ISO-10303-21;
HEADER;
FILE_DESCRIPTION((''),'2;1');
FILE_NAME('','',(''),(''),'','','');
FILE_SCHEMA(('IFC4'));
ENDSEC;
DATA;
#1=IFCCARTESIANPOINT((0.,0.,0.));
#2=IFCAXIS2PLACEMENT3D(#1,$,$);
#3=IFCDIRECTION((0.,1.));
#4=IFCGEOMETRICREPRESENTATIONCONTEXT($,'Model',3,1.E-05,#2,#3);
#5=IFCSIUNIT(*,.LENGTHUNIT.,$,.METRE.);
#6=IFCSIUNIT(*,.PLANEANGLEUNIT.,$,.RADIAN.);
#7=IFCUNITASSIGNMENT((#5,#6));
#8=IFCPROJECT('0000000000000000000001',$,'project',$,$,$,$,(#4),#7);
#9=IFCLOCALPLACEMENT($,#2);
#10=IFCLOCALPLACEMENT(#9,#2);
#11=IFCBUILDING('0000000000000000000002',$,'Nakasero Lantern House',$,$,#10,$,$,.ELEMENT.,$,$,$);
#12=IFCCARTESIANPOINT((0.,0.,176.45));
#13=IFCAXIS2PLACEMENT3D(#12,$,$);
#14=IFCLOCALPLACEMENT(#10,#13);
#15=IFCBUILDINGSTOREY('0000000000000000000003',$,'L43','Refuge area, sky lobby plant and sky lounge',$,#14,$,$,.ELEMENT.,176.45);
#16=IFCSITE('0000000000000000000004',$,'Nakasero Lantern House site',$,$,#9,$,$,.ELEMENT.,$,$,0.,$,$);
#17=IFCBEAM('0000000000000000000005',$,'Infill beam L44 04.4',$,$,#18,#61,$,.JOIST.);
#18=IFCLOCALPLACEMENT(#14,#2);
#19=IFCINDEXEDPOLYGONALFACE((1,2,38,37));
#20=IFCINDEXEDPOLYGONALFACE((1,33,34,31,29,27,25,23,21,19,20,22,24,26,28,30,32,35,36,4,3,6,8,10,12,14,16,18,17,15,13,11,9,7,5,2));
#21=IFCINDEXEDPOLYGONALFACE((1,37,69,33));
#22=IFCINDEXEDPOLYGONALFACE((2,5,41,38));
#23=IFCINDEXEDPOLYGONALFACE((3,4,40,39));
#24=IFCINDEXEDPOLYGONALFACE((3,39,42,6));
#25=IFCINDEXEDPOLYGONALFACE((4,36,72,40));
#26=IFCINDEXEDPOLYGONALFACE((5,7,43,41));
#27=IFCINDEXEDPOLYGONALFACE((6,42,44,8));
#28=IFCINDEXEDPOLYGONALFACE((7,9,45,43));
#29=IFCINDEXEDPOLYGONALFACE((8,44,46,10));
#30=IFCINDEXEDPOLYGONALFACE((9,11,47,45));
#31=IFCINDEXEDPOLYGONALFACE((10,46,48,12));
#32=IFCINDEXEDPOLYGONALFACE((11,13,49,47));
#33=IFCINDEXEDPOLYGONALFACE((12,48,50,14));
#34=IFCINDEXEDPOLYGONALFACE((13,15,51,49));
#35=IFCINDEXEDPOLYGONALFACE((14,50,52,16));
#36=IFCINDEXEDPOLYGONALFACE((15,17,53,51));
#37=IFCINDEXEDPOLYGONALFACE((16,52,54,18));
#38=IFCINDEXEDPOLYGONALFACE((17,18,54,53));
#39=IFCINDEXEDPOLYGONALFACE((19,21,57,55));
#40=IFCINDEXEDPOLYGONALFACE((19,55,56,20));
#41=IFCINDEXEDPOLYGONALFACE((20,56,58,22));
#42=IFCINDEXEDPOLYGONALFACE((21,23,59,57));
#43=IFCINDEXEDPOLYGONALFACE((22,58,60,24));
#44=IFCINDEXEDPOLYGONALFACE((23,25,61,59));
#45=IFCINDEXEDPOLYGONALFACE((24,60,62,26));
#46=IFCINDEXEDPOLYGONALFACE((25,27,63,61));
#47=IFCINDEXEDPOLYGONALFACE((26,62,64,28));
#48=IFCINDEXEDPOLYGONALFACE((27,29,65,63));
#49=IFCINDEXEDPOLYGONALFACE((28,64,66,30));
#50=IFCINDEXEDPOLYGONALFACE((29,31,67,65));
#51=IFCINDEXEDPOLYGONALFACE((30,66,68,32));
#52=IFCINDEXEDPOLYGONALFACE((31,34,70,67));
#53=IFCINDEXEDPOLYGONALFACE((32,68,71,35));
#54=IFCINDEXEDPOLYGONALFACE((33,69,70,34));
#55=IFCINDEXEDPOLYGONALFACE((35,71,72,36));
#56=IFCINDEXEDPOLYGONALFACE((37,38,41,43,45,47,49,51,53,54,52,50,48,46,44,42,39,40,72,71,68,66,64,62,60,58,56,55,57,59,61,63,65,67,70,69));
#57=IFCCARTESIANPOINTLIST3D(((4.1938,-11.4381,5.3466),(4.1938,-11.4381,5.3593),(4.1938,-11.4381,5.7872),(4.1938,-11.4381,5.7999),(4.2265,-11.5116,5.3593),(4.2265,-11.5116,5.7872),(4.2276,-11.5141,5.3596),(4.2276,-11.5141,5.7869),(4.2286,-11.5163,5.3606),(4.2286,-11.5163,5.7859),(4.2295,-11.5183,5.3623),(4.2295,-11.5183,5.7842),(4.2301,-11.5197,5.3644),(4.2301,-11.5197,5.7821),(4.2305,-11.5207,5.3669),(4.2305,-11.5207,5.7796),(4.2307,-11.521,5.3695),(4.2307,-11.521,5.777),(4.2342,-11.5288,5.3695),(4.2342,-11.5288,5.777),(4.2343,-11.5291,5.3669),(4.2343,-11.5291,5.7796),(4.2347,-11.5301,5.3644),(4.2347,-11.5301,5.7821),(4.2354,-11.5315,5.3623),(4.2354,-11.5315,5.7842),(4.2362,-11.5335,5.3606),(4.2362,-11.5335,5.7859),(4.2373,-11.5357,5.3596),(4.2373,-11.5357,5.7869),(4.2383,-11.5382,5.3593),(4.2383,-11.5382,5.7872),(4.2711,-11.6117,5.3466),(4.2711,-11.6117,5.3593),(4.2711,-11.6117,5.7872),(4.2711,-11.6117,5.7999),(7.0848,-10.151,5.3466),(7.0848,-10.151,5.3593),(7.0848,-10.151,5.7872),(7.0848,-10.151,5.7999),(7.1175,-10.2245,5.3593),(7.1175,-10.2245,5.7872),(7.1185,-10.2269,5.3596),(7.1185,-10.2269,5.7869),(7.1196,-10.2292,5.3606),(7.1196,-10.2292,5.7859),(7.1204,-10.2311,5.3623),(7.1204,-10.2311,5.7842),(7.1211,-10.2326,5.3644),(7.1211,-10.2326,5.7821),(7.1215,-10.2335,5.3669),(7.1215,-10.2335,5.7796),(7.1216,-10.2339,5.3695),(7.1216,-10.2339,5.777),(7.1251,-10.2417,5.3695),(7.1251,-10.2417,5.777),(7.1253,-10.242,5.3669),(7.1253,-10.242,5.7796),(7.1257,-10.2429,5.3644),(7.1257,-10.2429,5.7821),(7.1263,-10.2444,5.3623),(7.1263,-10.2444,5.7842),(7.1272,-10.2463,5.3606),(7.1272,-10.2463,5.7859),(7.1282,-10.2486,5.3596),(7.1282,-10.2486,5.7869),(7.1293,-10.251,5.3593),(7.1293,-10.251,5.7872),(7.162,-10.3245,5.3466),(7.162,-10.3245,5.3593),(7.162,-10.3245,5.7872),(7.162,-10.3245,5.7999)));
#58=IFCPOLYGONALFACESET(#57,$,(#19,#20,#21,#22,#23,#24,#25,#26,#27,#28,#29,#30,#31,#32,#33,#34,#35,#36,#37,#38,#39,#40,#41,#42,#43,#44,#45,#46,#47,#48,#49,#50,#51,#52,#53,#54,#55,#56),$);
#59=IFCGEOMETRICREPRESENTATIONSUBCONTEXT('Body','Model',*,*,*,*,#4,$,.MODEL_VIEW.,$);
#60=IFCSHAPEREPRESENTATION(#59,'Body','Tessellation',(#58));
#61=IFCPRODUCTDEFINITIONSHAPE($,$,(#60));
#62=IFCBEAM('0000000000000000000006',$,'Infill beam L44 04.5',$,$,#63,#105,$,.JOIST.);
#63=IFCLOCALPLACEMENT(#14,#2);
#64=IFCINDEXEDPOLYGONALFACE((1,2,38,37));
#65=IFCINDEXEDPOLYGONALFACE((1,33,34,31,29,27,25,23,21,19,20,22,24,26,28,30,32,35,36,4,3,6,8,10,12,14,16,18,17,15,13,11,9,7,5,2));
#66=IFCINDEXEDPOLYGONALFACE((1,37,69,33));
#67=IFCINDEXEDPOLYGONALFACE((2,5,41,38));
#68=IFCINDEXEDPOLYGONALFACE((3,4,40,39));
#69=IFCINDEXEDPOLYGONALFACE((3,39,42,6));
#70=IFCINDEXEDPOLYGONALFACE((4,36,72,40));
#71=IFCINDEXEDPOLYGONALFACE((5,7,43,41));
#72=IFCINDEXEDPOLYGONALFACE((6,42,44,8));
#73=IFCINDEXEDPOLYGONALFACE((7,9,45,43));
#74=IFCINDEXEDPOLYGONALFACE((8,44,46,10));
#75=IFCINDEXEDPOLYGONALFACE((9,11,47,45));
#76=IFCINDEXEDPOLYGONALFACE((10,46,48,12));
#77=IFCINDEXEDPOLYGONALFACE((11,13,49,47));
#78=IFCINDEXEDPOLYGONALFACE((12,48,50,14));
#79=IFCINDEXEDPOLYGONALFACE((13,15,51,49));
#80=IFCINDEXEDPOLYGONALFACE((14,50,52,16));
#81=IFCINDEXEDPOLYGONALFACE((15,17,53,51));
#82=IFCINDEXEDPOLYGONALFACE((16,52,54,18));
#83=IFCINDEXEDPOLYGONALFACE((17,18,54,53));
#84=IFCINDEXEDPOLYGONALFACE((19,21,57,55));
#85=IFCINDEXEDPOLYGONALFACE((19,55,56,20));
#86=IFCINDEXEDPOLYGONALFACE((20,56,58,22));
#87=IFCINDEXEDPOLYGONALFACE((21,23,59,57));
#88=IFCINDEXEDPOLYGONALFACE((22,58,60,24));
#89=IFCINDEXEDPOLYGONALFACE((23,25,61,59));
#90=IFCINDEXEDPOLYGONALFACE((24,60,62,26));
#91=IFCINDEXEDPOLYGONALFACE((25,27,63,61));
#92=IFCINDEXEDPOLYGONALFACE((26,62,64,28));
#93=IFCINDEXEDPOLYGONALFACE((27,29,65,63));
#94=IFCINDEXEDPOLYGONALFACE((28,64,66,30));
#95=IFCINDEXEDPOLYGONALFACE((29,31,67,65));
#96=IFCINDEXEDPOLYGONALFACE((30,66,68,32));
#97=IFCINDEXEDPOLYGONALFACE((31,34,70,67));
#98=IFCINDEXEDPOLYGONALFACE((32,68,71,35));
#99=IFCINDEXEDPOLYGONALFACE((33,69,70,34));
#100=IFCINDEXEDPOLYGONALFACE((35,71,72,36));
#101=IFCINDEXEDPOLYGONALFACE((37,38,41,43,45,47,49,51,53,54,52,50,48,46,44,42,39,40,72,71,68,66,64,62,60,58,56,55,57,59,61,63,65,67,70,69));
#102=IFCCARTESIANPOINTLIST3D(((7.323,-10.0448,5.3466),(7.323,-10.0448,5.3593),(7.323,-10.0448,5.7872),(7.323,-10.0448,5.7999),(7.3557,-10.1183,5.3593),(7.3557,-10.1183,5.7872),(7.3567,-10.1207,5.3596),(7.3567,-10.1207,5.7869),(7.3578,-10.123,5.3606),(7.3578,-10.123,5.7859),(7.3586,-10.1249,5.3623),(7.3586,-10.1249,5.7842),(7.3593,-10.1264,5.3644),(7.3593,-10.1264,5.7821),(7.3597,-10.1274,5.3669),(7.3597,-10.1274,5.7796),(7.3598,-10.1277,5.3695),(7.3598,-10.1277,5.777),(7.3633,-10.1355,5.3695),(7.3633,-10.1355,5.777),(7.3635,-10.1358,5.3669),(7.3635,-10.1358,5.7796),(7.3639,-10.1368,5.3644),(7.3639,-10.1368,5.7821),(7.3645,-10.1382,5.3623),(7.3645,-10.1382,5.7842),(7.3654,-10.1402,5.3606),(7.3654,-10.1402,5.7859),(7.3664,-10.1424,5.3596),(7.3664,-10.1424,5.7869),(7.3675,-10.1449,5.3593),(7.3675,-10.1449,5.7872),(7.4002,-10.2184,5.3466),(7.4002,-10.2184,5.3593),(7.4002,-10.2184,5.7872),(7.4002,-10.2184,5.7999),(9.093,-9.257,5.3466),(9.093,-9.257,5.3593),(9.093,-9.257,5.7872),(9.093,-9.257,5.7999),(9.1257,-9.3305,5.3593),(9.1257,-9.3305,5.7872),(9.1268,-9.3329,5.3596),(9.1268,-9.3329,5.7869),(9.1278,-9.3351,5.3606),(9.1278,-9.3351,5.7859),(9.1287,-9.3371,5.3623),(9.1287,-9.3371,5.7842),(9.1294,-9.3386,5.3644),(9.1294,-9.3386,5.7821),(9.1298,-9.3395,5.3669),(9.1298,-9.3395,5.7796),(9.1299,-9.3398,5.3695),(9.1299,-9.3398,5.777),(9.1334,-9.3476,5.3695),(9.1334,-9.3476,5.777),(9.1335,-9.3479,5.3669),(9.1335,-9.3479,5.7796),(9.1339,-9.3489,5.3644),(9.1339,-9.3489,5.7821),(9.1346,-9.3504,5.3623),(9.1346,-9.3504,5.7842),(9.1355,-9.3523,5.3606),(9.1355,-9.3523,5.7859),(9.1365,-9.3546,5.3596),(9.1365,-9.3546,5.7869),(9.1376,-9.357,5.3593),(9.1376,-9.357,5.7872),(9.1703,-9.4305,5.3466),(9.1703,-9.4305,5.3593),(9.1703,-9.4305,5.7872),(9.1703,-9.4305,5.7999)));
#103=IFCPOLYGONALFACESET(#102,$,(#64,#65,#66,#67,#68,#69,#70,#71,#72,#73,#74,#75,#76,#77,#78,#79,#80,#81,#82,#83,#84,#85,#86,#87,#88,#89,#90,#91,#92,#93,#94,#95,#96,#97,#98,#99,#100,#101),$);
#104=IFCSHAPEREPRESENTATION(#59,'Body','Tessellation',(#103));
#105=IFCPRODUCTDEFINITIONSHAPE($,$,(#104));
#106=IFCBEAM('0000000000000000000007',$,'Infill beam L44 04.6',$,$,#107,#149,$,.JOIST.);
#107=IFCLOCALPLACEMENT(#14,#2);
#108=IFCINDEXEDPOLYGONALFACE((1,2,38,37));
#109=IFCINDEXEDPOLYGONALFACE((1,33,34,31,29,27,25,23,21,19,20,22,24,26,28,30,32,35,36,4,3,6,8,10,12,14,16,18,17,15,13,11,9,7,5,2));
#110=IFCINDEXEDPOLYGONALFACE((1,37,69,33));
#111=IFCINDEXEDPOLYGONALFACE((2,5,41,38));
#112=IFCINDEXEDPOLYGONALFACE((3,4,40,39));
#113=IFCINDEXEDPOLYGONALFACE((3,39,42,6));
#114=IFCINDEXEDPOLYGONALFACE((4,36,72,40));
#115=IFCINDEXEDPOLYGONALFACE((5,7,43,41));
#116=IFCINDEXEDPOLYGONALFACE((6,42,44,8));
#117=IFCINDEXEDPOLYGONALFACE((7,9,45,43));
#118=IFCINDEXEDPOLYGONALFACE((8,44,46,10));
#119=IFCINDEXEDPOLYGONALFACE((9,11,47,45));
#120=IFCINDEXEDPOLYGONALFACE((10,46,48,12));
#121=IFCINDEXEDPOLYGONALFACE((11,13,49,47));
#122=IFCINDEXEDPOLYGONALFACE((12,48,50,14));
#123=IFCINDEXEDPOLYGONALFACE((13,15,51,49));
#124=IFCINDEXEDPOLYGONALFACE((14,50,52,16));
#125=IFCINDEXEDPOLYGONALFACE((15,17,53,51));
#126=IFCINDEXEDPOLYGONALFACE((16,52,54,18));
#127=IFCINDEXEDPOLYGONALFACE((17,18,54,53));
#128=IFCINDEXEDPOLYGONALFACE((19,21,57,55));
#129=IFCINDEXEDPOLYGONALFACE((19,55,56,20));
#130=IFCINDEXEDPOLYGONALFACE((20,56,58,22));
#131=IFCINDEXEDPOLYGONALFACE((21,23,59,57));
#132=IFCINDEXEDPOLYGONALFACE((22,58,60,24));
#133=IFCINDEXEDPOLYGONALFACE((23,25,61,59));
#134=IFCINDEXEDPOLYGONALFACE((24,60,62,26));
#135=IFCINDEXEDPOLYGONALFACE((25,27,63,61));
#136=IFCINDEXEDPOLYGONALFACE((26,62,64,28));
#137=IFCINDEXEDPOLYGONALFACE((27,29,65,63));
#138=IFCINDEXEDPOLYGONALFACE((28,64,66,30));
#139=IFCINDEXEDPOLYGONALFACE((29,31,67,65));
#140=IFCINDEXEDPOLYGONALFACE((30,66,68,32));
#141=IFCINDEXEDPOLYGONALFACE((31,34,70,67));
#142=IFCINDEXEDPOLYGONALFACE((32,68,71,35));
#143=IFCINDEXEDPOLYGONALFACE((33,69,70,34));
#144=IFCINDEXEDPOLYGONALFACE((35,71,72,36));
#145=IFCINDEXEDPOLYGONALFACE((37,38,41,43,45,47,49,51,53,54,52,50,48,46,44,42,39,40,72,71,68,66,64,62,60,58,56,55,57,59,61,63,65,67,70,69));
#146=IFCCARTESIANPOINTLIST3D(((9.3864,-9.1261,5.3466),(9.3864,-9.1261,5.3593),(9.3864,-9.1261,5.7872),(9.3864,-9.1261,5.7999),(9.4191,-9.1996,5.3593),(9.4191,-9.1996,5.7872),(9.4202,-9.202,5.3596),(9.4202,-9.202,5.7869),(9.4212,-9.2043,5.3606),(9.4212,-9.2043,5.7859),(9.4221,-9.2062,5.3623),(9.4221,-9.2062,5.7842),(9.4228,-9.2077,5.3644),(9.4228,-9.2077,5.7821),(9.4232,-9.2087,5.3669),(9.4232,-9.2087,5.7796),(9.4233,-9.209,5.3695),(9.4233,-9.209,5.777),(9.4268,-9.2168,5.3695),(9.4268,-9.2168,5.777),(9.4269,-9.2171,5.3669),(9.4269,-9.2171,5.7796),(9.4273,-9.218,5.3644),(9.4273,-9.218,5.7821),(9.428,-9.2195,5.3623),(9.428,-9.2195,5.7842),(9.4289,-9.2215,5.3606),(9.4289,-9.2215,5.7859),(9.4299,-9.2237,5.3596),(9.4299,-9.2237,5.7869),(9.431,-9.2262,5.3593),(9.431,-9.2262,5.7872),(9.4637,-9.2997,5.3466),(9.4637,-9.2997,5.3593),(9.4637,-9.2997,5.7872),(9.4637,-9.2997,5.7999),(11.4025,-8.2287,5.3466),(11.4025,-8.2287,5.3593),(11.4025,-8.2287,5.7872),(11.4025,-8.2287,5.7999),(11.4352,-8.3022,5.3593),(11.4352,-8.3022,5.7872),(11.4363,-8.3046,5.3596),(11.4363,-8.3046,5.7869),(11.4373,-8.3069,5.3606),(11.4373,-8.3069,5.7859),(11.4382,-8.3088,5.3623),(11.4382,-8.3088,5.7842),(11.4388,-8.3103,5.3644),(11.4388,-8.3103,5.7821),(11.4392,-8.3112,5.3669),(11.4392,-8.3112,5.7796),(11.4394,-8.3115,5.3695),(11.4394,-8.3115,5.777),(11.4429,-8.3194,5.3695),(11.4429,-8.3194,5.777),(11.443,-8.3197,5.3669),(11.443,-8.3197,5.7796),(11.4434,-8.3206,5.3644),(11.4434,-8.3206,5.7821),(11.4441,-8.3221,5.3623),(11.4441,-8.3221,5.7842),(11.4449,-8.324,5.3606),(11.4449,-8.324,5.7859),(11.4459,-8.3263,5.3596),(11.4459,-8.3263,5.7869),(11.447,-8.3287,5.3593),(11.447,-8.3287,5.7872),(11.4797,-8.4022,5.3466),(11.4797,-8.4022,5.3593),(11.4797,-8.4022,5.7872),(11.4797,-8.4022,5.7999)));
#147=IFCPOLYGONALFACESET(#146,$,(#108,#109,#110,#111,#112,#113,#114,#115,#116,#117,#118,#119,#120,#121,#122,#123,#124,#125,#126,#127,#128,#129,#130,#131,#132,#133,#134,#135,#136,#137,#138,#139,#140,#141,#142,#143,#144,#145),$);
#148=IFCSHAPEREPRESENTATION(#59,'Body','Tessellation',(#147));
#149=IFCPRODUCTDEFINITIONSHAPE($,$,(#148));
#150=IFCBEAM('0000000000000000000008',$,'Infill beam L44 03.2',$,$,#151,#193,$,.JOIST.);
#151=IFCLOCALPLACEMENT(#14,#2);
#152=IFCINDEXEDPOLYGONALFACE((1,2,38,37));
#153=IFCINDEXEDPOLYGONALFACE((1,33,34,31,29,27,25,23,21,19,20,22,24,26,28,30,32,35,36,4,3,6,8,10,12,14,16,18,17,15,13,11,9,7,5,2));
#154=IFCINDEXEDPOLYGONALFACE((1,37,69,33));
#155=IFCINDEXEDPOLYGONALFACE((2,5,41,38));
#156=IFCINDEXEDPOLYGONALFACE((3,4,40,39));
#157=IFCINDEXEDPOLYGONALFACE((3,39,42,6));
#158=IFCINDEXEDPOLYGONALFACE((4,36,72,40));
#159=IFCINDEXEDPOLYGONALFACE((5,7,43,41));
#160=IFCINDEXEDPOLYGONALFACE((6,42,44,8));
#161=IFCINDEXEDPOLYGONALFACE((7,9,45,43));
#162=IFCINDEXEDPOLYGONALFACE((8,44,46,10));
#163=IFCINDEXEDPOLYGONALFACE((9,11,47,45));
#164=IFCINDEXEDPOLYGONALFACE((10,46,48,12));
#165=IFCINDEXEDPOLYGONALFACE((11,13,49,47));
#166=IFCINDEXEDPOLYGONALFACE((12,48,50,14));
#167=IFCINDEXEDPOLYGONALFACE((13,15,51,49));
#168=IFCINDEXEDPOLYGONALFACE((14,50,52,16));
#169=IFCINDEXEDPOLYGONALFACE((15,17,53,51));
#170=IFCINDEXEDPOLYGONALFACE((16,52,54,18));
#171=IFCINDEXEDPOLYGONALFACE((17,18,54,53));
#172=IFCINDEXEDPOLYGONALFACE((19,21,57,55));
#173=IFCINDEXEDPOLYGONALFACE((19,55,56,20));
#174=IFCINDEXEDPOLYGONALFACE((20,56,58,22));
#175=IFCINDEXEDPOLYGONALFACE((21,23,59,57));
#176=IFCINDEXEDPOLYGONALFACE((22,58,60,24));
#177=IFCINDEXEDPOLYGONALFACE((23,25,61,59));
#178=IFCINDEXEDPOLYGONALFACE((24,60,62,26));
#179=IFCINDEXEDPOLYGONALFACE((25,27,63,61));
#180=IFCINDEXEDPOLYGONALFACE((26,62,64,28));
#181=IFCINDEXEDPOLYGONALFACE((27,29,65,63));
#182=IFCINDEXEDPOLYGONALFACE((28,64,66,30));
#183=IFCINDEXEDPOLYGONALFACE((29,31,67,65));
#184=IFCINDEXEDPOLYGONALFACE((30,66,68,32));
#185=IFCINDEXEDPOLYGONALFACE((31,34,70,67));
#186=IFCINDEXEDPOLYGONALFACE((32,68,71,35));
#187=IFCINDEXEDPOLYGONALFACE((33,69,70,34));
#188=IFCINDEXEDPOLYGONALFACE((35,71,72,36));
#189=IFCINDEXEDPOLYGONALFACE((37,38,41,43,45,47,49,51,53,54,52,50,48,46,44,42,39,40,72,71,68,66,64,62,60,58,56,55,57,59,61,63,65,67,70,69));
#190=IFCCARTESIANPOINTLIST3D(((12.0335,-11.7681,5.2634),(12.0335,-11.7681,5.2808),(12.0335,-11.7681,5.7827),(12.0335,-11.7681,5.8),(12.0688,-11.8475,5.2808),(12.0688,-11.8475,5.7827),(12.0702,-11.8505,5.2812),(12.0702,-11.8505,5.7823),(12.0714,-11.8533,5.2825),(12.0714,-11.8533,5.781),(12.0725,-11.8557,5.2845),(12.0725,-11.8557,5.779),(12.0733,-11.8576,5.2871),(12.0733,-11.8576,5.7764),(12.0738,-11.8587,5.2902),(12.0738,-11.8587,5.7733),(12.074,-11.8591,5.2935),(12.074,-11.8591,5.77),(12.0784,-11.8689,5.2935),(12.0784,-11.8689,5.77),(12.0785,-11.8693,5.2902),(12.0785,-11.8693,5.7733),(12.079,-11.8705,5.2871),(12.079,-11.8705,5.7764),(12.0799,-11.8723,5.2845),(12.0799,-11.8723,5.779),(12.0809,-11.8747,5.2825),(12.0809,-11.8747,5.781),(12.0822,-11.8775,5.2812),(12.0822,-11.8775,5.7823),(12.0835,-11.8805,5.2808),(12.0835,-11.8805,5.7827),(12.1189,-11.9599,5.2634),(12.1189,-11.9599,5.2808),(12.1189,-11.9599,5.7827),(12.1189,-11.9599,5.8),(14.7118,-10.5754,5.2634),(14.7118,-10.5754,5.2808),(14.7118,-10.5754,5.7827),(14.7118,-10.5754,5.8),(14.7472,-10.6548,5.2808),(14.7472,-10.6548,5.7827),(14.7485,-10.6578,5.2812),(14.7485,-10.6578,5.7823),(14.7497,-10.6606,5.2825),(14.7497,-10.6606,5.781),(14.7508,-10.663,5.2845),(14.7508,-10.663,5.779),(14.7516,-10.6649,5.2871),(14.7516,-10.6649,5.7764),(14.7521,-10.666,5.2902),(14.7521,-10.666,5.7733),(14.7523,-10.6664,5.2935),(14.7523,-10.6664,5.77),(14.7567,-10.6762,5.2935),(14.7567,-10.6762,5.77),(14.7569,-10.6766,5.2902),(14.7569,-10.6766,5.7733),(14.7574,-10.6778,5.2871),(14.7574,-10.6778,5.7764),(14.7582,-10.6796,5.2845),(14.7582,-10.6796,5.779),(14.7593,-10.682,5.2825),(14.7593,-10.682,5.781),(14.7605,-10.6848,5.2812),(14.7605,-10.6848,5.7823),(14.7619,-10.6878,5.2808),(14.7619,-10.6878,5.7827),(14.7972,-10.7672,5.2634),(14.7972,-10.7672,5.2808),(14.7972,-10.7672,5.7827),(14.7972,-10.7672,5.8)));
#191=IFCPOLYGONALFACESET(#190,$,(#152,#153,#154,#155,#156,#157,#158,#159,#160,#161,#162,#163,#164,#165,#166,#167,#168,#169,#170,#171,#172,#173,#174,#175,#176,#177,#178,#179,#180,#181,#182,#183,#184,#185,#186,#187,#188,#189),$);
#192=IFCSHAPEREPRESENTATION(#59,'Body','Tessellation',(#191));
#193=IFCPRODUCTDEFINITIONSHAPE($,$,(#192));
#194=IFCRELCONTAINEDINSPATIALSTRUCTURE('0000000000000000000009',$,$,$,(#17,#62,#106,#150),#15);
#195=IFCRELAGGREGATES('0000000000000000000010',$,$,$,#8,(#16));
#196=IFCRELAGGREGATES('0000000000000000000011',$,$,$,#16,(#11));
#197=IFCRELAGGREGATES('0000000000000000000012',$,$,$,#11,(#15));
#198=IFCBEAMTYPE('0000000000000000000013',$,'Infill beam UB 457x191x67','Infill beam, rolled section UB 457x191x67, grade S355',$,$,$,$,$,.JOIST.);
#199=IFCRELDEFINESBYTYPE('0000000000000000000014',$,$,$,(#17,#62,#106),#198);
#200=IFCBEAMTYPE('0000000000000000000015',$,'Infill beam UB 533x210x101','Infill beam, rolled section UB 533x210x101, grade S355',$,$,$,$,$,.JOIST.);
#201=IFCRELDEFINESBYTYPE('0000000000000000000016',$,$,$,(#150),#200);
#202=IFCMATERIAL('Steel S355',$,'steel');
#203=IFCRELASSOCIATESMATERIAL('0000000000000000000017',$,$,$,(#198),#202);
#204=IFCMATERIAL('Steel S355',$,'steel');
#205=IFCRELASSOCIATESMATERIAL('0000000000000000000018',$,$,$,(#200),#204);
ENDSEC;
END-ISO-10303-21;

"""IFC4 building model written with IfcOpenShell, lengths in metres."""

from ifc_helpers import new_model, si_unit, direction, frame, origin, origin_2d, place, context, subcontext, project, spatial, i_section, extrude, material, material_profile, profile_set, type_object, element, save


model = new_model("IFC4")

# Units and contexts
model_context = context("Model", 3, precision=1e-05, world=origin(), true_north=direction((0.0, 1.0)))
body_context = subcontext(model_context, "Body", "Model", "MODEL_VIEW")
ifc_project = project(units=[si_unit("LENGTHUNIT", "METRE"), si_unit("PLANEANGLEUNIT", "RADIAN")], contexts=[model_context])

# Site, building, storey
site_placement = place(None, origin())
site = spatial("IfcSite", under=ifc_project, at=site_placement, Name="Nakasero Lantern House site", CompositionType="ELEMENT", RefElevation=0.0)
building_placement = place(site_placement, origin())
building = spatial("IfcBuilding", under=site, at=building_placement, Name="Nakasero Lantern House", CompositionType="ELEMENT")
storey_placement = place(building_placement, frame((0.0, 0.0, 176.45)))
storey = spatial("IfcBuildingStorey", under=building, at=storey_placement, Name="L43", Description="Refuge area, sky lobby plant and sky lounge", CompositionType="ELEMENT", Elevation=176.45)

# Beams
ifc_material_1 = material(Name="Steel S355", Category="steel")
ifc_material_profile_1 = material_profile(ifc_material_1, i_section(OverallWidth=0.1899, OverallDepth=0.4534, WebThickness=0.0085, FlangeThickness=0.0127, FilletRadius=0.0103, at=origin_2d()), Name="UB 457x191x67")
ifc_profile_set_1 = profile_set([ifc_material_profile_1], Name="Steel S355")
beam_type_1 = type_object("IfcBeamType", Name="Infill beam UB 457x191x67", Description="Infill beam, rolled section UB 457x191x67, grade S355", PredefinedType="JOIST", material=ifc_profile_set_1)
beam_1_placement = place(storey_placement, frame((4.2324, -11.5249, 5.5732), z_axis=(0.913544, 0.40674, 0.0), x_axis=(-0.40674, 0.913544, 0.0)))
element("IfcBeam", 1, at=beam_1_placement, inside=storey, type_object=beam_type_1, Name="Infill beam L44 04.4", PredefinedType="JOIST", context=body_context, shape_type="SweptSolid", body=[
    extrude(i_section(OverallWidth=0.1899, OverallDepth=0.4534, WebThickness=0.0085, FlangeThickness=0.0127, FilletRadius=0.0103, at=origin_2d()), origin(), (0.0, 0.0, 1.0), 3.1646),
])
beam_2_placement = place(storey_placement, frame((7.3616, -10.1316, 5.5732), z_axis=(0.913588, 0.406641, 0.0), x_axis=(-0.406641, 0.913588, 0.0)))
element("IfcBeam", 2, at=beam_2_placement, inside=storey, type_object=beam_type_1, Name="Infill beam L44 04.5", PredefinedType="JOIST", context=body_context, shape_type="SweptSolid", body=[
    extrude(i_section(OverallWidth=0.1899, OverallDepth=0.4534, WebThickness=0.0085, FlangeThickness=0.0127, FilletRadius=0.0103, at=origin_2d()), origin(), (0.0, 0.0, 1.0), 1.9375),
])
beam_3_placement = place(storey_placement, frame((9.425, -9.2129, 5.5732), z_axis=(0.913574, 0.406672, 0.0), x_axis=(-0.406672, 0.913574, 0.0)))
element("IfcBeam", 3, at=beam_3_placement, inside=storey, type_object=beam_type_1, Name="Infill beam L44 04.6", PredefinedType="JOIST", context=body_context, shape_type="SweptSolid", body=[
    extrude(i_section(OverallWidth=0.1899, OverallDepth=0.4534, WebThickness=0.0085, FlangeThickness=0.0127, FilletRadius=0.0103, at=origin_2d()), origin(), (0.0, 0.0, 1.0), 2.2068),
])
ifc_material_2 = material(Name="Steel S355", Category="steel")
ifc_material_profile_2 = material_profile(ifc_material_2, i_section(OverallWidth=0.21, OverallDepth=0.5366, WebThickness=0.0107, FlangeThickness=0.0173, FilletRadius=0.0127, at=origin_2d()), Name="UB 533x210x101")
ifc_profile_set_2 = profile_set([ifc_material_profile_2], Name="Steel S355")
beam_type_2 = type_object("IfcBeamType", Name="Infill beam UB 533x210x101", Description="Infill beam, rolled section UB 533x210x101, grade S355", PredefinedType="JOIST", material=ifc_profile_set_2)
beam_4_placement = place(storey_placement, frame((12.0762, -11.864, 5.5317), z_axis=(0.913519, 0.406795, 0.0), x_axis=(-0.406795, 0.913519, 0.0)))
element("IfcBeam", 4, at=beam_4_placement, inside=storey, type_object=beam_type_2, Name="Infill beam L44 03.2", PredefinedType="JOIST", context=body_context, shape_type="SweptSolid", body=[
    extrude(i_section(OverallWidth=0.21, OverallDepth=0.5366, WebThickness=0.0107, FlangeThickness=0.0173, FilletRadius=0.0127, at=origin_2d()), origin(), (0.0, 0.0, 1.0), 2.9319),
])

save(model, "model.ifc")
